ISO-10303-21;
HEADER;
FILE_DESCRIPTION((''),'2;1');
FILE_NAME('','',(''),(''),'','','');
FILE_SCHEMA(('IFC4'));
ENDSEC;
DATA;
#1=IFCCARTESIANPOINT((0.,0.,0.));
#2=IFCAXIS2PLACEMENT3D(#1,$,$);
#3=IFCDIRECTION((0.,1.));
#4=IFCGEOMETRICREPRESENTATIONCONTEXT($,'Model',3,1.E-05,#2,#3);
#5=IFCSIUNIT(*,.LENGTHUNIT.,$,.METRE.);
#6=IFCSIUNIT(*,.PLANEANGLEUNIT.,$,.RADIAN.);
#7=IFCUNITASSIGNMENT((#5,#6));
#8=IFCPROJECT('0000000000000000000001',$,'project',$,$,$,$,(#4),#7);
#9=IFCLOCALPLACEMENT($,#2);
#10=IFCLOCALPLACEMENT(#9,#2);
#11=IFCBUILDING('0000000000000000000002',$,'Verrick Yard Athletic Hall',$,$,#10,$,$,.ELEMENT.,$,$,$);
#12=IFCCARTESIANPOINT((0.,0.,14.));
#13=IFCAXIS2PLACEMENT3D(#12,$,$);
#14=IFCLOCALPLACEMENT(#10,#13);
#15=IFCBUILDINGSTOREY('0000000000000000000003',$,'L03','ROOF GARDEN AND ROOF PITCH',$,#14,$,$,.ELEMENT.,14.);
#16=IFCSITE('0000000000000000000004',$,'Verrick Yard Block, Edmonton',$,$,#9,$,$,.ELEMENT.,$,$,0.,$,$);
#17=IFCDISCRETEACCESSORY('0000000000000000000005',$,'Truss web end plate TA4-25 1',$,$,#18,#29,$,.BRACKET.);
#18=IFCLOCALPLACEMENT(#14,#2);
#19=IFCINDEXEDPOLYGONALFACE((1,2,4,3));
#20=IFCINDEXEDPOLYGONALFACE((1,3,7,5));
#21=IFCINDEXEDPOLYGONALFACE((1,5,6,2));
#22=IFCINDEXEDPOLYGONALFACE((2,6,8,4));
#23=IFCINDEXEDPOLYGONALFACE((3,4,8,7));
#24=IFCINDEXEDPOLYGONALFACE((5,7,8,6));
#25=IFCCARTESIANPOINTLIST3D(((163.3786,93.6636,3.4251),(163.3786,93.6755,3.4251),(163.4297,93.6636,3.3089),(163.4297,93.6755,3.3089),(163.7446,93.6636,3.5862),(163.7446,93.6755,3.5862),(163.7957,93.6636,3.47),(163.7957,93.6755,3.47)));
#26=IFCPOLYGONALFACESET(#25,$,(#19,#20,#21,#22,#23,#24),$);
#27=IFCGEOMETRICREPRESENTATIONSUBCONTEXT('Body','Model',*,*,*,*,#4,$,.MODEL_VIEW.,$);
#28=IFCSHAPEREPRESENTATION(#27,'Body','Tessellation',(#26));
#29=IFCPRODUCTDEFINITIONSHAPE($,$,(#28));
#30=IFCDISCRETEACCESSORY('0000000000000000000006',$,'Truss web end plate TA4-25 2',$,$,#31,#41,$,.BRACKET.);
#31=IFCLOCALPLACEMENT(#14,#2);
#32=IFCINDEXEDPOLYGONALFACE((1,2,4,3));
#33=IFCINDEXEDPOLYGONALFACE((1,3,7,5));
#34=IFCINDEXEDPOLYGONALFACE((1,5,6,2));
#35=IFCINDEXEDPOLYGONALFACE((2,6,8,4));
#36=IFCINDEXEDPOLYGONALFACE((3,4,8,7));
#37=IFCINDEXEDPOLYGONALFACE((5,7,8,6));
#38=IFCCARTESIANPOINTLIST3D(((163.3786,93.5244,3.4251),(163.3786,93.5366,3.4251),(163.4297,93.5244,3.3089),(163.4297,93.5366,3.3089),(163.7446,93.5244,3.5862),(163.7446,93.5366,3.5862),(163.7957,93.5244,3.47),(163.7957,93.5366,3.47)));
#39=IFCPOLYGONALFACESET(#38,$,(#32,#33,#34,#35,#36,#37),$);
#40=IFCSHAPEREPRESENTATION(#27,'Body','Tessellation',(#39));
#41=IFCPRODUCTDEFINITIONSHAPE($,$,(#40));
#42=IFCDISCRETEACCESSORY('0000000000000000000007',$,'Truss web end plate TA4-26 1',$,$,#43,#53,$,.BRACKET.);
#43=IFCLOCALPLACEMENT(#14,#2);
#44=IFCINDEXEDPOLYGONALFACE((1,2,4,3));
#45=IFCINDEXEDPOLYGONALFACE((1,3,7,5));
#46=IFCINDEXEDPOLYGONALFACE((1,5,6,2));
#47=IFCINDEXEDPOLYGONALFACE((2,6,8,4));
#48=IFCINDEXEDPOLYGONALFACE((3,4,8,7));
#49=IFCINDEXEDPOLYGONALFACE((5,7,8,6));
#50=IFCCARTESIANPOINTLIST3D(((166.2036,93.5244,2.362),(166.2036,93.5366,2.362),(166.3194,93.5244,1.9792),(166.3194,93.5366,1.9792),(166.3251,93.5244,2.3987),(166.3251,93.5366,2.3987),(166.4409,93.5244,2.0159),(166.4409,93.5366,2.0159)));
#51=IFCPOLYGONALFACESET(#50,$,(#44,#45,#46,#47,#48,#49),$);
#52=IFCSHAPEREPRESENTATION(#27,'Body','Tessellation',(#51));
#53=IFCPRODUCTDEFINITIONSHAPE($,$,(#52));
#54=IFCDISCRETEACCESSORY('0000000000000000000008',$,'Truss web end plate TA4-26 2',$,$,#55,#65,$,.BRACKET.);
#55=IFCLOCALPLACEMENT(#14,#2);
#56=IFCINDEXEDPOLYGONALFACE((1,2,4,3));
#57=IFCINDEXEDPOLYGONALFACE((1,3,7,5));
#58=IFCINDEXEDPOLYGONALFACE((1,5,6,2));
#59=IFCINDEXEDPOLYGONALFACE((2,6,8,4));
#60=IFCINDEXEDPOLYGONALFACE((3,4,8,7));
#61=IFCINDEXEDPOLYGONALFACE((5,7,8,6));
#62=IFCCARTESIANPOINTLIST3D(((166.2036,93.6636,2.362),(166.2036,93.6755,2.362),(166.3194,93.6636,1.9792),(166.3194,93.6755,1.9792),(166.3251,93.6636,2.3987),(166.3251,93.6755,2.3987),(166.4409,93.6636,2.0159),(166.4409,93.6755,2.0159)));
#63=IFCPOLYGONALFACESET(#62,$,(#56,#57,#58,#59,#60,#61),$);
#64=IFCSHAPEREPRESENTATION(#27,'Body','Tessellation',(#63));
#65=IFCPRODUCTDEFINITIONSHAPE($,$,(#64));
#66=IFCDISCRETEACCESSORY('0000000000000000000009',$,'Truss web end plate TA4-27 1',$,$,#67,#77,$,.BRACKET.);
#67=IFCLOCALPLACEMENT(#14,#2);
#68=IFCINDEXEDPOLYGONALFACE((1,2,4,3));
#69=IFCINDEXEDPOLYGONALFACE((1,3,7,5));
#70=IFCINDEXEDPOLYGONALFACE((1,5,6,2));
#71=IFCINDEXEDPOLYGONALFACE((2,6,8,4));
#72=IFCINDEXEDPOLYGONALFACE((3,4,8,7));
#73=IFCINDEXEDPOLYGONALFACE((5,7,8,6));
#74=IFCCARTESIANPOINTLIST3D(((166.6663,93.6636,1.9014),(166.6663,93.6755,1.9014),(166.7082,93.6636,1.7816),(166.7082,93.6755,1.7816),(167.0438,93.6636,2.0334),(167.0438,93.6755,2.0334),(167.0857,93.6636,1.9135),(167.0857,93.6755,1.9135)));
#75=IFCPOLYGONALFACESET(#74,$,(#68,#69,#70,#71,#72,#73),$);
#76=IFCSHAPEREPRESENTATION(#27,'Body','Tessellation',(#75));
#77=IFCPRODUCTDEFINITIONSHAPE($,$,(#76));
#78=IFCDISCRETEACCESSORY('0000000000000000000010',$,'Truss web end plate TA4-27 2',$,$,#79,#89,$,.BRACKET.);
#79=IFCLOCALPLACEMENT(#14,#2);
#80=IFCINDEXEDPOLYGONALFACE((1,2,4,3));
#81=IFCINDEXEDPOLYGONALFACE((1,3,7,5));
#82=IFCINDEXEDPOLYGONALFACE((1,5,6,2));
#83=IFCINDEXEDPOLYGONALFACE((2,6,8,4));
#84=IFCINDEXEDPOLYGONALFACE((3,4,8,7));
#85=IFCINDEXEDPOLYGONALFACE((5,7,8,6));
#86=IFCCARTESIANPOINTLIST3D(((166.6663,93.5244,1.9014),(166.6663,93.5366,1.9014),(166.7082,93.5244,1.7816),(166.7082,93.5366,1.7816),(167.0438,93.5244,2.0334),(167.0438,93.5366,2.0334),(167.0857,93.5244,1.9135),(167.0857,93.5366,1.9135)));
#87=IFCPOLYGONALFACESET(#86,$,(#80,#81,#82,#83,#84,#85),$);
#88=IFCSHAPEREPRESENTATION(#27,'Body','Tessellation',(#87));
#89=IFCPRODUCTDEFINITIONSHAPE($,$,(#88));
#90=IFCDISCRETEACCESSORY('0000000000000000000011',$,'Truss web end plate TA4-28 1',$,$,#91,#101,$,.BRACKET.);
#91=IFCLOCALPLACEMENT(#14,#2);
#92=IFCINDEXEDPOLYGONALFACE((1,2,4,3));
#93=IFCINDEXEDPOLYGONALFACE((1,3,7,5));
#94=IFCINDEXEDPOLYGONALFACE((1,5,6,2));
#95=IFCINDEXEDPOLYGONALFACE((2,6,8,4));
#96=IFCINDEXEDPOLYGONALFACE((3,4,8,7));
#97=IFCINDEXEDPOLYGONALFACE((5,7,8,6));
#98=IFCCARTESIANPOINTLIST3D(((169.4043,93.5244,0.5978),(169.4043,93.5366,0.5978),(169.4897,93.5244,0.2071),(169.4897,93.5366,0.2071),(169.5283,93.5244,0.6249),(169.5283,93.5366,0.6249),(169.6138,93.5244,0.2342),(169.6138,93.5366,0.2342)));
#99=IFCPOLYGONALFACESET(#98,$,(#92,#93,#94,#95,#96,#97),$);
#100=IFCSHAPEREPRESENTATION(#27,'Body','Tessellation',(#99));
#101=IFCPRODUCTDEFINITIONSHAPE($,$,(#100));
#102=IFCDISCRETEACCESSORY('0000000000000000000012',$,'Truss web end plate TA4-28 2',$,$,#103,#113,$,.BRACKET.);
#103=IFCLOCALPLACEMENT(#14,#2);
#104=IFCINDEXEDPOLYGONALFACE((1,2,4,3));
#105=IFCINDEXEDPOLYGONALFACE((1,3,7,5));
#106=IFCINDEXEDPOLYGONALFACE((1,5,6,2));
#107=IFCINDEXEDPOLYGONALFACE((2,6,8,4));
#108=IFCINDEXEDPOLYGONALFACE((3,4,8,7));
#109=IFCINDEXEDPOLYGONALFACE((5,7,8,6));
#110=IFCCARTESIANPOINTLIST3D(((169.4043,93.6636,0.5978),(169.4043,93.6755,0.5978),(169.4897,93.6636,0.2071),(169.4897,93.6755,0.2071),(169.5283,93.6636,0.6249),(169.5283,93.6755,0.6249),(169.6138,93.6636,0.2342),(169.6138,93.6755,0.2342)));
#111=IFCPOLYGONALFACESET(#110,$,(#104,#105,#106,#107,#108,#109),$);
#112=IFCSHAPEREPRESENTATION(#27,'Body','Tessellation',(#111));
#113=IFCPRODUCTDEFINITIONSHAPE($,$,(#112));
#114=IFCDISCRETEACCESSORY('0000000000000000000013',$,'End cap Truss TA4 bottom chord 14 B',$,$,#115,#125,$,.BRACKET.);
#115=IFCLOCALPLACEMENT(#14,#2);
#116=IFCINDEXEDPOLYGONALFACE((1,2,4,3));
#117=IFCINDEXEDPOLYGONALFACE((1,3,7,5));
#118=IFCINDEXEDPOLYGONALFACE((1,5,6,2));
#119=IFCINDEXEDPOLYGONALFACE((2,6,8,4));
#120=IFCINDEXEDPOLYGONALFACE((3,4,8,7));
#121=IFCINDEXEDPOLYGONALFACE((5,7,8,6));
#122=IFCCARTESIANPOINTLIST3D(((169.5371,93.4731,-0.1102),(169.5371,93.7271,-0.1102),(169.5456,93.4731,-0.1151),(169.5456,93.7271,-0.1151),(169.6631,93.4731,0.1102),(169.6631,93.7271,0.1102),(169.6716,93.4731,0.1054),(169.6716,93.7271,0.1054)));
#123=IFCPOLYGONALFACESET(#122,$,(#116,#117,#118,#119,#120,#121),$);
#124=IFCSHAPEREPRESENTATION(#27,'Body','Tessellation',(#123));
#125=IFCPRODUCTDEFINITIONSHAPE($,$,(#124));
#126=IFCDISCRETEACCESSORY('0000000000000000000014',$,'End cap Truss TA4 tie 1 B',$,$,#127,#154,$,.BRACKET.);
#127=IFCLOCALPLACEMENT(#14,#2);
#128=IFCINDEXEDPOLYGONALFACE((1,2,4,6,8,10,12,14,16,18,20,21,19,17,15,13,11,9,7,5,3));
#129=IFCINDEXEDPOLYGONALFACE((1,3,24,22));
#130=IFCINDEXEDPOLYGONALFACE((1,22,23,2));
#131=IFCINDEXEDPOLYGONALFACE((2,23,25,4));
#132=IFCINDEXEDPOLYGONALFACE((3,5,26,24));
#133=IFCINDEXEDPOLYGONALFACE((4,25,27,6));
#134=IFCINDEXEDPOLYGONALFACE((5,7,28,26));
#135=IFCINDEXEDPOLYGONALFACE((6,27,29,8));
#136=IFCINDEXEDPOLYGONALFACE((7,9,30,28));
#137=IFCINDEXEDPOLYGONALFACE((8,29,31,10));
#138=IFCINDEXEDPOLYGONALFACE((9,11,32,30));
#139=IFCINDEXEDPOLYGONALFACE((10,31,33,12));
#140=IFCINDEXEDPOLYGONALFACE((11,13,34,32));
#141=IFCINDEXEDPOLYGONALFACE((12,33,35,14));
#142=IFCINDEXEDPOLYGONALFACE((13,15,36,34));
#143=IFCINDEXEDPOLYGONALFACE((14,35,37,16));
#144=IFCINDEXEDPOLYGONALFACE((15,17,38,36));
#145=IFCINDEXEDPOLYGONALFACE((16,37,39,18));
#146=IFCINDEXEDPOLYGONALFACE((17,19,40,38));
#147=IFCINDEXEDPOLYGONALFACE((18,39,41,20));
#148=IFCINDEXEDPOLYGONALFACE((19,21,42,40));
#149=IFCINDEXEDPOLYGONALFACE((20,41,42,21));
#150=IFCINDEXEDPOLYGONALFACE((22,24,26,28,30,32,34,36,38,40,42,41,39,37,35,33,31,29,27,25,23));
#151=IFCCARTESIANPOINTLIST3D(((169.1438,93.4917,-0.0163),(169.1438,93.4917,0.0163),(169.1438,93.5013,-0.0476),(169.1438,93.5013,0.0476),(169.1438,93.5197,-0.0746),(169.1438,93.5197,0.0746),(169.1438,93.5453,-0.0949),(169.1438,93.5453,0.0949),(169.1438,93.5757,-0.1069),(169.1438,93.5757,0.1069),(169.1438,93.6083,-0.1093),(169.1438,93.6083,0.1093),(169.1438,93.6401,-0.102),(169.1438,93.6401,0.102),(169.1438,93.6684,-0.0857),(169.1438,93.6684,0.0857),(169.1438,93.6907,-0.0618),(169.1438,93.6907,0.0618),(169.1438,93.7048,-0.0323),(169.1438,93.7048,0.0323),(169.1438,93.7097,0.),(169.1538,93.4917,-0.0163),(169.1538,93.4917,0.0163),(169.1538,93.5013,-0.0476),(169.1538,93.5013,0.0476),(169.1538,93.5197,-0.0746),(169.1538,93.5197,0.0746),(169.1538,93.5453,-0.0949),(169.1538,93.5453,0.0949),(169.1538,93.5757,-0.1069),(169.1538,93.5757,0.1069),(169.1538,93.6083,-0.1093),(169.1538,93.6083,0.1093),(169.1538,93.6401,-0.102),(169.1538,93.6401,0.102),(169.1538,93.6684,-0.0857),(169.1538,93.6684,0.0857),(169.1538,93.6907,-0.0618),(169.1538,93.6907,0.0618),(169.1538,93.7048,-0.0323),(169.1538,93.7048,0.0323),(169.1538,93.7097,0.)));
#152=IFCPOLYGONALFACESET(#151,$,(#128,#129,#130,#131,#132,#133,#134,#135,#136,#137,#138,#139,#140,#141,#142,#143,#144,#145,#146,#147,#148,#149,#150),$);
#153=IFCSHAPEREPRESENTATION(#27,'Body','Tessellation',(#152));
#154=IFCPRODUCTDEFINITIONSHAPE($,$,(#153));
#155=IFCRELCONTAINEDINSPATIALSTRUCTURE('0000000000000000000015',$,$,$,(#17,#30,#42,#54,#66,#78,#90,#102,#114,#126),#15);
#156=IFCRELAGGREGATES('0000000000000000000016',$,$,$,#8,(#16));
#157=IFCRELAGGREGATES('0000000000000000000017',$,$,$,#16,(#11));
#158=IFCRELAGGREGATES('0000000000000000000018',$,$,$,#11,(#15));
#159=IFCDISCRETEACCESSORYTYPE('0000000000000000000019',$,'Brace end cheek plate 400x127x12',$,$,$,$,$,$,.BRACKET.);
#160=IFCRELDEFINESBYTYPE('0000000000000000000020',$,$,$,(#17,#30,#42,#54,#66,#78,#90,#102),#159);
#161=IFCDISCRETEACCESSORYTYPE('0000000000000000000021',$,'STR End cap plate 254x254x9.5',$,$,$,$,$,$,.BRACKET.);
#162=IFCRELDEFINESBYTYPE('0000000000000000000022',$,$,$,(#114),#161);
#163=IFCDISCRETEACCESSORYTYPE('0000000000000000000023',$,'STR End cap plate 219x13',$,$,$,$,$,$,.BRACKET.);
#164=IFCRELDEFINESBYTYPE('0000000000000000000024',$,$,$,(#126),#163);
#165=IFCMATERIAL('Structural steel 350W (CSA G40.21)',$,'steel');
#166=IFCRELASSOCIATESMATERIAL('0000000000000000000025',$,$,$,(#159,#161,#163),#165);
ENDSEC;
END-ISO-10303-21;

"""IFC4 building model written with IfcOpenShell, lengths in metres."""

from ifc_helpers import new_model, si_unit, direction, frame, origin, origin_2d, place, context, subcontext, project, spatial, rectangle, circle, extrude, material, material_profile, profile_set, type_object, element, save


model = new_model("IFC4")

# Units and contexts
model_context = context("Model", 3, precision=1e-05, world=origin(), true_north=direction((0.0, 1.0)))
body_context = subcontext(model_context, "Body", "Model", "MODEL_VIEW")
ifc_project = project(units=[si_unit("LENGTHUNIT", "METRE"), si_unit("PLANEANGLEUNIT", "RADIAN")], contexts=[model_context])

# Site, building, storey
site_placement = place(None, origin())
site = spatial("IfcSite", under=ifc_project, at=site_placement, Name="Verrick Yard Block, Edmonton", CompositionType="ELEMENT", RefElevation=0.0)
building_placement = place(site_placement, origin())
building = spatial("IfcBuilding", under=site, at=building_placement, Name="Verrick Yard Athletic Hall", CompositionType="ELEMENT")
storey_placement = place(building_placement, frame((0.0, 0.0, 14.0)))
storey = spatial("IfcBuildingStorey", under=building, at=storey_placement, Name="L03", Description="ROOF GARDEN AND ROOF PITCH", CompositionType="ELEMENT", Elevation=14.0)

# Discrete accessories
ifc_material_1 = material(Name="Structural steel 350W (CSA G40.21)", Category="steel")
ifc_material_profile_1 = material_profile(ifc_material_1, rectangle(XDim=0.3999, YDim=0.127, at=origin_2d()), Name="Brace end cheek plate")
ifc_profile_set_1 = profile_set([ifc_material_profile_1], Name="Structural steel 350W (CSA G40.21)")
discrete_accessory_type_1 = type_object("IfcDiscreteAccessoryType", Name="Brace end cheek plate 400x127x12", PredefinedType="BRACKET", material=ifc_profile_set_1)
discrete_accessory_1_placement = place(storey_placement, frame((163.5872, 93.6636, 3.4475), z_axis=(0.0, 1.0, 0.0), x_axis=(0.915285, 0.0, 0.402806)))
element("IfcDiscreteAccessory", 1, at=discrete_accessory_1_placement, inside=storey, type_object=discrete_accessory_type_1, Name="Truss web end plate TA4-25 1", PredefinedType="BRACKET", context=body_context, shape_type="SweptSolid", body=[
    extrude(rectangle(XDim=0.3999, YDim=0.127, at=origin_2d()), origin(), (0.0, 0.0, 1.0), 0.012),
])
for number, where, z_axis, x_axis, name in (
    (2, (163.5872, 93.5366, 3.4475), (0.0, -1.0, 0.0), (0.915285, 0.0, 0.402806), "Truss web end plate TA4-25 2"),
    (3, (166.3223, 93.5366, 2.189), (0.0, -1.0, 0.0), (-0.289473, 0.0, 0.957186), "Truss web end plate TA4-26 1"),
):
    element("IfcDiscreteAccessory", number, at=place(storey_placement, frame(where, z_axis=z_axis, x_axis=x_axis)), inside=storey, type_object=discrete_accessory_type_1, Name=name, PredefinedType="BRACKET", context=body_context, shape_type="SweptSolid", body=[
        extrude(rectangle(XDim=0.3999, YDim=0.127, at=origin_2d()), origin(), (0.0, 0.0, 1.0), 0.0122),
    ])
for number, where, z_axis, x_axis, name in (
    (4, (166.3223, 93.6636, 2.189), (0.0, 1.0, 0.0), (-0.289473, 0.0, 0.957186), "Truss web end plate TA4-26 2"),
    (5, (166.876, 93.6636, 1.9075), (0.0, 1.0, 0.0), (0.944026, 0.0, 0.329872), "Truss web end plate TA4-27 1"),
):
    element("IfcDiscreteAccessory", number, at=place(storey_placement, frame(where, z_axis=z_axis, x_axis=x_axis)), inside=storey, type_object=discrete_accessory_type_1, Name=name, PredefinedType="BRACKET", context=body_context, shape_type="SweptSolid", body=[
        extrude(rectangle(XDim=0.3999, YDim=0.127, at=origin_2d()), origin(), (0.0, 0.0, 1.0), 0.012),
    ])
for number, where, z_axis, x_axis, name in (
    (6, (166.876, 93.5366, 1.9075), (0.0, -1.0, 0.0), (0.944026, 0.0, 0.329872), "Truss web end plate TA4-27 2"),
    (7, (169.509, 93.5366, 0.416), (0.0, -1.0, 0.0), (-0.213605, 0.0, 0.97692), "Truss web end plate TA4-28 1"),
):
    element("IfcDiscreteAccessory", number, at=place(storey_placement, frame(where, z_axis=z_axis, x_axis=x_axis)), inside=storey, type_object=discrete_accessory_type_1, Name=name, PredefinedType="BRACKET", context=body_context, shape_type="SweptSolid", body=[
        extrude(rectangle(XDim=0.3999, YDim=0.127, at=origin_2d()), origin(), (0.0, 0.0, 1.0), 0.0122),
    ])
discrete_accessory_2_placement = place(storey_placement, frame((169.509, 93.6636, 0.416), z_axis=(0.0, 1.0, 0.0), x_axis=(-0.213605, 0.0, 0.97692)))
element("IfcDiscreteAccessory", 8, at=discrete_accessory_2_placement, inside=storey, type_object=discrete_accessory_type_1, Name="Truss web end plate TA4-28 2", PredefinedType="BRACKET", context=body_context, shape_type="SweptSolid", body=[
    extrude(rectangle(XDim=0.3999, YDim=0.127, at=origin_2d()), origin(), (0.0, 0.0, 1.0), 0.012),
])
ifc_material_profile_2 = material_profile(ifc_material_1, rectangle(XDim=0.2539, YDim=0.2539, at=origin_2d()), Name="STR End cap plate 254x254x9.5")
ifc_profile_set_2 = profile_set([ifc_material_profile_2], Name="Structural steel 350W (CSA G40.21)")
discrete_accessory_type_2 = type_object("IfcDiscreteAccessoryType", Name="STR End cap plate 254x254x9.5", PredefinedType="BRACKET", material=ifc_profile_set_2)
discrete_accessory_3_placement = place(storey_placement, frame((169.6001, 93.6001, 0.0), z_axis=(0.868243, 0.0, -0.496139), x_axis=(0.0, 1.0, 0.0)))
element("IfcDiscreteAccessory", 9, at=discrete_accessory_3_placement, inside=storey, type_object=discrete_accessory_type_2, Name="End cap Truss TA4 bottom chord 14 B", PredefinedType="BRACKET", context=body_context, shape_type="SweptSolid", body=[
    extrude(rectangle(XDim=0.2539, YDim=0.2539, at=origin_2d()), origin(), (0.0, 0.0, 1.0), 0.0098),
])
ifc_material_profile_3 = material_profile(ifc_material_1, circle(Radius=0.1096, at=origin_2d()), Name="STR End cap plate 219x13")
ifc_profile_set_3 = profile_set([ifc_material_profile_3], Name="Structural steel 350W (CSA G40.21)")
discrete_accessory_type_3 = type_object("IfcDiscreteAccessoryType", Name="STR End cap plate 219x13", PredefinedType="BRACKET", material=ifc_profile_set_3)
discrete_accessory_4_placement = place(storey_placement, frame((169.1438, 93.6001, 0.0), z_axis=(1.0, 0.0, 0.0), x_axis=(0.0, 1.0, 0.0)))
element("IfcDiscreteAccessory", 10, at=discrete_accessory_4_placement, inside=storey, type_object=discrete_accessory_type_3, Name="End cap Truss TA4 tie 1 B", PredefinedType="BRACKET", context=body_context, shape_type="SweptSolid", body=[
    extrude(circle(Radius=0.1096, at=origin_2d()), origin(), (0.0, 0.0, 1.0), 0.01),
])

save(model, "model.ifc")
